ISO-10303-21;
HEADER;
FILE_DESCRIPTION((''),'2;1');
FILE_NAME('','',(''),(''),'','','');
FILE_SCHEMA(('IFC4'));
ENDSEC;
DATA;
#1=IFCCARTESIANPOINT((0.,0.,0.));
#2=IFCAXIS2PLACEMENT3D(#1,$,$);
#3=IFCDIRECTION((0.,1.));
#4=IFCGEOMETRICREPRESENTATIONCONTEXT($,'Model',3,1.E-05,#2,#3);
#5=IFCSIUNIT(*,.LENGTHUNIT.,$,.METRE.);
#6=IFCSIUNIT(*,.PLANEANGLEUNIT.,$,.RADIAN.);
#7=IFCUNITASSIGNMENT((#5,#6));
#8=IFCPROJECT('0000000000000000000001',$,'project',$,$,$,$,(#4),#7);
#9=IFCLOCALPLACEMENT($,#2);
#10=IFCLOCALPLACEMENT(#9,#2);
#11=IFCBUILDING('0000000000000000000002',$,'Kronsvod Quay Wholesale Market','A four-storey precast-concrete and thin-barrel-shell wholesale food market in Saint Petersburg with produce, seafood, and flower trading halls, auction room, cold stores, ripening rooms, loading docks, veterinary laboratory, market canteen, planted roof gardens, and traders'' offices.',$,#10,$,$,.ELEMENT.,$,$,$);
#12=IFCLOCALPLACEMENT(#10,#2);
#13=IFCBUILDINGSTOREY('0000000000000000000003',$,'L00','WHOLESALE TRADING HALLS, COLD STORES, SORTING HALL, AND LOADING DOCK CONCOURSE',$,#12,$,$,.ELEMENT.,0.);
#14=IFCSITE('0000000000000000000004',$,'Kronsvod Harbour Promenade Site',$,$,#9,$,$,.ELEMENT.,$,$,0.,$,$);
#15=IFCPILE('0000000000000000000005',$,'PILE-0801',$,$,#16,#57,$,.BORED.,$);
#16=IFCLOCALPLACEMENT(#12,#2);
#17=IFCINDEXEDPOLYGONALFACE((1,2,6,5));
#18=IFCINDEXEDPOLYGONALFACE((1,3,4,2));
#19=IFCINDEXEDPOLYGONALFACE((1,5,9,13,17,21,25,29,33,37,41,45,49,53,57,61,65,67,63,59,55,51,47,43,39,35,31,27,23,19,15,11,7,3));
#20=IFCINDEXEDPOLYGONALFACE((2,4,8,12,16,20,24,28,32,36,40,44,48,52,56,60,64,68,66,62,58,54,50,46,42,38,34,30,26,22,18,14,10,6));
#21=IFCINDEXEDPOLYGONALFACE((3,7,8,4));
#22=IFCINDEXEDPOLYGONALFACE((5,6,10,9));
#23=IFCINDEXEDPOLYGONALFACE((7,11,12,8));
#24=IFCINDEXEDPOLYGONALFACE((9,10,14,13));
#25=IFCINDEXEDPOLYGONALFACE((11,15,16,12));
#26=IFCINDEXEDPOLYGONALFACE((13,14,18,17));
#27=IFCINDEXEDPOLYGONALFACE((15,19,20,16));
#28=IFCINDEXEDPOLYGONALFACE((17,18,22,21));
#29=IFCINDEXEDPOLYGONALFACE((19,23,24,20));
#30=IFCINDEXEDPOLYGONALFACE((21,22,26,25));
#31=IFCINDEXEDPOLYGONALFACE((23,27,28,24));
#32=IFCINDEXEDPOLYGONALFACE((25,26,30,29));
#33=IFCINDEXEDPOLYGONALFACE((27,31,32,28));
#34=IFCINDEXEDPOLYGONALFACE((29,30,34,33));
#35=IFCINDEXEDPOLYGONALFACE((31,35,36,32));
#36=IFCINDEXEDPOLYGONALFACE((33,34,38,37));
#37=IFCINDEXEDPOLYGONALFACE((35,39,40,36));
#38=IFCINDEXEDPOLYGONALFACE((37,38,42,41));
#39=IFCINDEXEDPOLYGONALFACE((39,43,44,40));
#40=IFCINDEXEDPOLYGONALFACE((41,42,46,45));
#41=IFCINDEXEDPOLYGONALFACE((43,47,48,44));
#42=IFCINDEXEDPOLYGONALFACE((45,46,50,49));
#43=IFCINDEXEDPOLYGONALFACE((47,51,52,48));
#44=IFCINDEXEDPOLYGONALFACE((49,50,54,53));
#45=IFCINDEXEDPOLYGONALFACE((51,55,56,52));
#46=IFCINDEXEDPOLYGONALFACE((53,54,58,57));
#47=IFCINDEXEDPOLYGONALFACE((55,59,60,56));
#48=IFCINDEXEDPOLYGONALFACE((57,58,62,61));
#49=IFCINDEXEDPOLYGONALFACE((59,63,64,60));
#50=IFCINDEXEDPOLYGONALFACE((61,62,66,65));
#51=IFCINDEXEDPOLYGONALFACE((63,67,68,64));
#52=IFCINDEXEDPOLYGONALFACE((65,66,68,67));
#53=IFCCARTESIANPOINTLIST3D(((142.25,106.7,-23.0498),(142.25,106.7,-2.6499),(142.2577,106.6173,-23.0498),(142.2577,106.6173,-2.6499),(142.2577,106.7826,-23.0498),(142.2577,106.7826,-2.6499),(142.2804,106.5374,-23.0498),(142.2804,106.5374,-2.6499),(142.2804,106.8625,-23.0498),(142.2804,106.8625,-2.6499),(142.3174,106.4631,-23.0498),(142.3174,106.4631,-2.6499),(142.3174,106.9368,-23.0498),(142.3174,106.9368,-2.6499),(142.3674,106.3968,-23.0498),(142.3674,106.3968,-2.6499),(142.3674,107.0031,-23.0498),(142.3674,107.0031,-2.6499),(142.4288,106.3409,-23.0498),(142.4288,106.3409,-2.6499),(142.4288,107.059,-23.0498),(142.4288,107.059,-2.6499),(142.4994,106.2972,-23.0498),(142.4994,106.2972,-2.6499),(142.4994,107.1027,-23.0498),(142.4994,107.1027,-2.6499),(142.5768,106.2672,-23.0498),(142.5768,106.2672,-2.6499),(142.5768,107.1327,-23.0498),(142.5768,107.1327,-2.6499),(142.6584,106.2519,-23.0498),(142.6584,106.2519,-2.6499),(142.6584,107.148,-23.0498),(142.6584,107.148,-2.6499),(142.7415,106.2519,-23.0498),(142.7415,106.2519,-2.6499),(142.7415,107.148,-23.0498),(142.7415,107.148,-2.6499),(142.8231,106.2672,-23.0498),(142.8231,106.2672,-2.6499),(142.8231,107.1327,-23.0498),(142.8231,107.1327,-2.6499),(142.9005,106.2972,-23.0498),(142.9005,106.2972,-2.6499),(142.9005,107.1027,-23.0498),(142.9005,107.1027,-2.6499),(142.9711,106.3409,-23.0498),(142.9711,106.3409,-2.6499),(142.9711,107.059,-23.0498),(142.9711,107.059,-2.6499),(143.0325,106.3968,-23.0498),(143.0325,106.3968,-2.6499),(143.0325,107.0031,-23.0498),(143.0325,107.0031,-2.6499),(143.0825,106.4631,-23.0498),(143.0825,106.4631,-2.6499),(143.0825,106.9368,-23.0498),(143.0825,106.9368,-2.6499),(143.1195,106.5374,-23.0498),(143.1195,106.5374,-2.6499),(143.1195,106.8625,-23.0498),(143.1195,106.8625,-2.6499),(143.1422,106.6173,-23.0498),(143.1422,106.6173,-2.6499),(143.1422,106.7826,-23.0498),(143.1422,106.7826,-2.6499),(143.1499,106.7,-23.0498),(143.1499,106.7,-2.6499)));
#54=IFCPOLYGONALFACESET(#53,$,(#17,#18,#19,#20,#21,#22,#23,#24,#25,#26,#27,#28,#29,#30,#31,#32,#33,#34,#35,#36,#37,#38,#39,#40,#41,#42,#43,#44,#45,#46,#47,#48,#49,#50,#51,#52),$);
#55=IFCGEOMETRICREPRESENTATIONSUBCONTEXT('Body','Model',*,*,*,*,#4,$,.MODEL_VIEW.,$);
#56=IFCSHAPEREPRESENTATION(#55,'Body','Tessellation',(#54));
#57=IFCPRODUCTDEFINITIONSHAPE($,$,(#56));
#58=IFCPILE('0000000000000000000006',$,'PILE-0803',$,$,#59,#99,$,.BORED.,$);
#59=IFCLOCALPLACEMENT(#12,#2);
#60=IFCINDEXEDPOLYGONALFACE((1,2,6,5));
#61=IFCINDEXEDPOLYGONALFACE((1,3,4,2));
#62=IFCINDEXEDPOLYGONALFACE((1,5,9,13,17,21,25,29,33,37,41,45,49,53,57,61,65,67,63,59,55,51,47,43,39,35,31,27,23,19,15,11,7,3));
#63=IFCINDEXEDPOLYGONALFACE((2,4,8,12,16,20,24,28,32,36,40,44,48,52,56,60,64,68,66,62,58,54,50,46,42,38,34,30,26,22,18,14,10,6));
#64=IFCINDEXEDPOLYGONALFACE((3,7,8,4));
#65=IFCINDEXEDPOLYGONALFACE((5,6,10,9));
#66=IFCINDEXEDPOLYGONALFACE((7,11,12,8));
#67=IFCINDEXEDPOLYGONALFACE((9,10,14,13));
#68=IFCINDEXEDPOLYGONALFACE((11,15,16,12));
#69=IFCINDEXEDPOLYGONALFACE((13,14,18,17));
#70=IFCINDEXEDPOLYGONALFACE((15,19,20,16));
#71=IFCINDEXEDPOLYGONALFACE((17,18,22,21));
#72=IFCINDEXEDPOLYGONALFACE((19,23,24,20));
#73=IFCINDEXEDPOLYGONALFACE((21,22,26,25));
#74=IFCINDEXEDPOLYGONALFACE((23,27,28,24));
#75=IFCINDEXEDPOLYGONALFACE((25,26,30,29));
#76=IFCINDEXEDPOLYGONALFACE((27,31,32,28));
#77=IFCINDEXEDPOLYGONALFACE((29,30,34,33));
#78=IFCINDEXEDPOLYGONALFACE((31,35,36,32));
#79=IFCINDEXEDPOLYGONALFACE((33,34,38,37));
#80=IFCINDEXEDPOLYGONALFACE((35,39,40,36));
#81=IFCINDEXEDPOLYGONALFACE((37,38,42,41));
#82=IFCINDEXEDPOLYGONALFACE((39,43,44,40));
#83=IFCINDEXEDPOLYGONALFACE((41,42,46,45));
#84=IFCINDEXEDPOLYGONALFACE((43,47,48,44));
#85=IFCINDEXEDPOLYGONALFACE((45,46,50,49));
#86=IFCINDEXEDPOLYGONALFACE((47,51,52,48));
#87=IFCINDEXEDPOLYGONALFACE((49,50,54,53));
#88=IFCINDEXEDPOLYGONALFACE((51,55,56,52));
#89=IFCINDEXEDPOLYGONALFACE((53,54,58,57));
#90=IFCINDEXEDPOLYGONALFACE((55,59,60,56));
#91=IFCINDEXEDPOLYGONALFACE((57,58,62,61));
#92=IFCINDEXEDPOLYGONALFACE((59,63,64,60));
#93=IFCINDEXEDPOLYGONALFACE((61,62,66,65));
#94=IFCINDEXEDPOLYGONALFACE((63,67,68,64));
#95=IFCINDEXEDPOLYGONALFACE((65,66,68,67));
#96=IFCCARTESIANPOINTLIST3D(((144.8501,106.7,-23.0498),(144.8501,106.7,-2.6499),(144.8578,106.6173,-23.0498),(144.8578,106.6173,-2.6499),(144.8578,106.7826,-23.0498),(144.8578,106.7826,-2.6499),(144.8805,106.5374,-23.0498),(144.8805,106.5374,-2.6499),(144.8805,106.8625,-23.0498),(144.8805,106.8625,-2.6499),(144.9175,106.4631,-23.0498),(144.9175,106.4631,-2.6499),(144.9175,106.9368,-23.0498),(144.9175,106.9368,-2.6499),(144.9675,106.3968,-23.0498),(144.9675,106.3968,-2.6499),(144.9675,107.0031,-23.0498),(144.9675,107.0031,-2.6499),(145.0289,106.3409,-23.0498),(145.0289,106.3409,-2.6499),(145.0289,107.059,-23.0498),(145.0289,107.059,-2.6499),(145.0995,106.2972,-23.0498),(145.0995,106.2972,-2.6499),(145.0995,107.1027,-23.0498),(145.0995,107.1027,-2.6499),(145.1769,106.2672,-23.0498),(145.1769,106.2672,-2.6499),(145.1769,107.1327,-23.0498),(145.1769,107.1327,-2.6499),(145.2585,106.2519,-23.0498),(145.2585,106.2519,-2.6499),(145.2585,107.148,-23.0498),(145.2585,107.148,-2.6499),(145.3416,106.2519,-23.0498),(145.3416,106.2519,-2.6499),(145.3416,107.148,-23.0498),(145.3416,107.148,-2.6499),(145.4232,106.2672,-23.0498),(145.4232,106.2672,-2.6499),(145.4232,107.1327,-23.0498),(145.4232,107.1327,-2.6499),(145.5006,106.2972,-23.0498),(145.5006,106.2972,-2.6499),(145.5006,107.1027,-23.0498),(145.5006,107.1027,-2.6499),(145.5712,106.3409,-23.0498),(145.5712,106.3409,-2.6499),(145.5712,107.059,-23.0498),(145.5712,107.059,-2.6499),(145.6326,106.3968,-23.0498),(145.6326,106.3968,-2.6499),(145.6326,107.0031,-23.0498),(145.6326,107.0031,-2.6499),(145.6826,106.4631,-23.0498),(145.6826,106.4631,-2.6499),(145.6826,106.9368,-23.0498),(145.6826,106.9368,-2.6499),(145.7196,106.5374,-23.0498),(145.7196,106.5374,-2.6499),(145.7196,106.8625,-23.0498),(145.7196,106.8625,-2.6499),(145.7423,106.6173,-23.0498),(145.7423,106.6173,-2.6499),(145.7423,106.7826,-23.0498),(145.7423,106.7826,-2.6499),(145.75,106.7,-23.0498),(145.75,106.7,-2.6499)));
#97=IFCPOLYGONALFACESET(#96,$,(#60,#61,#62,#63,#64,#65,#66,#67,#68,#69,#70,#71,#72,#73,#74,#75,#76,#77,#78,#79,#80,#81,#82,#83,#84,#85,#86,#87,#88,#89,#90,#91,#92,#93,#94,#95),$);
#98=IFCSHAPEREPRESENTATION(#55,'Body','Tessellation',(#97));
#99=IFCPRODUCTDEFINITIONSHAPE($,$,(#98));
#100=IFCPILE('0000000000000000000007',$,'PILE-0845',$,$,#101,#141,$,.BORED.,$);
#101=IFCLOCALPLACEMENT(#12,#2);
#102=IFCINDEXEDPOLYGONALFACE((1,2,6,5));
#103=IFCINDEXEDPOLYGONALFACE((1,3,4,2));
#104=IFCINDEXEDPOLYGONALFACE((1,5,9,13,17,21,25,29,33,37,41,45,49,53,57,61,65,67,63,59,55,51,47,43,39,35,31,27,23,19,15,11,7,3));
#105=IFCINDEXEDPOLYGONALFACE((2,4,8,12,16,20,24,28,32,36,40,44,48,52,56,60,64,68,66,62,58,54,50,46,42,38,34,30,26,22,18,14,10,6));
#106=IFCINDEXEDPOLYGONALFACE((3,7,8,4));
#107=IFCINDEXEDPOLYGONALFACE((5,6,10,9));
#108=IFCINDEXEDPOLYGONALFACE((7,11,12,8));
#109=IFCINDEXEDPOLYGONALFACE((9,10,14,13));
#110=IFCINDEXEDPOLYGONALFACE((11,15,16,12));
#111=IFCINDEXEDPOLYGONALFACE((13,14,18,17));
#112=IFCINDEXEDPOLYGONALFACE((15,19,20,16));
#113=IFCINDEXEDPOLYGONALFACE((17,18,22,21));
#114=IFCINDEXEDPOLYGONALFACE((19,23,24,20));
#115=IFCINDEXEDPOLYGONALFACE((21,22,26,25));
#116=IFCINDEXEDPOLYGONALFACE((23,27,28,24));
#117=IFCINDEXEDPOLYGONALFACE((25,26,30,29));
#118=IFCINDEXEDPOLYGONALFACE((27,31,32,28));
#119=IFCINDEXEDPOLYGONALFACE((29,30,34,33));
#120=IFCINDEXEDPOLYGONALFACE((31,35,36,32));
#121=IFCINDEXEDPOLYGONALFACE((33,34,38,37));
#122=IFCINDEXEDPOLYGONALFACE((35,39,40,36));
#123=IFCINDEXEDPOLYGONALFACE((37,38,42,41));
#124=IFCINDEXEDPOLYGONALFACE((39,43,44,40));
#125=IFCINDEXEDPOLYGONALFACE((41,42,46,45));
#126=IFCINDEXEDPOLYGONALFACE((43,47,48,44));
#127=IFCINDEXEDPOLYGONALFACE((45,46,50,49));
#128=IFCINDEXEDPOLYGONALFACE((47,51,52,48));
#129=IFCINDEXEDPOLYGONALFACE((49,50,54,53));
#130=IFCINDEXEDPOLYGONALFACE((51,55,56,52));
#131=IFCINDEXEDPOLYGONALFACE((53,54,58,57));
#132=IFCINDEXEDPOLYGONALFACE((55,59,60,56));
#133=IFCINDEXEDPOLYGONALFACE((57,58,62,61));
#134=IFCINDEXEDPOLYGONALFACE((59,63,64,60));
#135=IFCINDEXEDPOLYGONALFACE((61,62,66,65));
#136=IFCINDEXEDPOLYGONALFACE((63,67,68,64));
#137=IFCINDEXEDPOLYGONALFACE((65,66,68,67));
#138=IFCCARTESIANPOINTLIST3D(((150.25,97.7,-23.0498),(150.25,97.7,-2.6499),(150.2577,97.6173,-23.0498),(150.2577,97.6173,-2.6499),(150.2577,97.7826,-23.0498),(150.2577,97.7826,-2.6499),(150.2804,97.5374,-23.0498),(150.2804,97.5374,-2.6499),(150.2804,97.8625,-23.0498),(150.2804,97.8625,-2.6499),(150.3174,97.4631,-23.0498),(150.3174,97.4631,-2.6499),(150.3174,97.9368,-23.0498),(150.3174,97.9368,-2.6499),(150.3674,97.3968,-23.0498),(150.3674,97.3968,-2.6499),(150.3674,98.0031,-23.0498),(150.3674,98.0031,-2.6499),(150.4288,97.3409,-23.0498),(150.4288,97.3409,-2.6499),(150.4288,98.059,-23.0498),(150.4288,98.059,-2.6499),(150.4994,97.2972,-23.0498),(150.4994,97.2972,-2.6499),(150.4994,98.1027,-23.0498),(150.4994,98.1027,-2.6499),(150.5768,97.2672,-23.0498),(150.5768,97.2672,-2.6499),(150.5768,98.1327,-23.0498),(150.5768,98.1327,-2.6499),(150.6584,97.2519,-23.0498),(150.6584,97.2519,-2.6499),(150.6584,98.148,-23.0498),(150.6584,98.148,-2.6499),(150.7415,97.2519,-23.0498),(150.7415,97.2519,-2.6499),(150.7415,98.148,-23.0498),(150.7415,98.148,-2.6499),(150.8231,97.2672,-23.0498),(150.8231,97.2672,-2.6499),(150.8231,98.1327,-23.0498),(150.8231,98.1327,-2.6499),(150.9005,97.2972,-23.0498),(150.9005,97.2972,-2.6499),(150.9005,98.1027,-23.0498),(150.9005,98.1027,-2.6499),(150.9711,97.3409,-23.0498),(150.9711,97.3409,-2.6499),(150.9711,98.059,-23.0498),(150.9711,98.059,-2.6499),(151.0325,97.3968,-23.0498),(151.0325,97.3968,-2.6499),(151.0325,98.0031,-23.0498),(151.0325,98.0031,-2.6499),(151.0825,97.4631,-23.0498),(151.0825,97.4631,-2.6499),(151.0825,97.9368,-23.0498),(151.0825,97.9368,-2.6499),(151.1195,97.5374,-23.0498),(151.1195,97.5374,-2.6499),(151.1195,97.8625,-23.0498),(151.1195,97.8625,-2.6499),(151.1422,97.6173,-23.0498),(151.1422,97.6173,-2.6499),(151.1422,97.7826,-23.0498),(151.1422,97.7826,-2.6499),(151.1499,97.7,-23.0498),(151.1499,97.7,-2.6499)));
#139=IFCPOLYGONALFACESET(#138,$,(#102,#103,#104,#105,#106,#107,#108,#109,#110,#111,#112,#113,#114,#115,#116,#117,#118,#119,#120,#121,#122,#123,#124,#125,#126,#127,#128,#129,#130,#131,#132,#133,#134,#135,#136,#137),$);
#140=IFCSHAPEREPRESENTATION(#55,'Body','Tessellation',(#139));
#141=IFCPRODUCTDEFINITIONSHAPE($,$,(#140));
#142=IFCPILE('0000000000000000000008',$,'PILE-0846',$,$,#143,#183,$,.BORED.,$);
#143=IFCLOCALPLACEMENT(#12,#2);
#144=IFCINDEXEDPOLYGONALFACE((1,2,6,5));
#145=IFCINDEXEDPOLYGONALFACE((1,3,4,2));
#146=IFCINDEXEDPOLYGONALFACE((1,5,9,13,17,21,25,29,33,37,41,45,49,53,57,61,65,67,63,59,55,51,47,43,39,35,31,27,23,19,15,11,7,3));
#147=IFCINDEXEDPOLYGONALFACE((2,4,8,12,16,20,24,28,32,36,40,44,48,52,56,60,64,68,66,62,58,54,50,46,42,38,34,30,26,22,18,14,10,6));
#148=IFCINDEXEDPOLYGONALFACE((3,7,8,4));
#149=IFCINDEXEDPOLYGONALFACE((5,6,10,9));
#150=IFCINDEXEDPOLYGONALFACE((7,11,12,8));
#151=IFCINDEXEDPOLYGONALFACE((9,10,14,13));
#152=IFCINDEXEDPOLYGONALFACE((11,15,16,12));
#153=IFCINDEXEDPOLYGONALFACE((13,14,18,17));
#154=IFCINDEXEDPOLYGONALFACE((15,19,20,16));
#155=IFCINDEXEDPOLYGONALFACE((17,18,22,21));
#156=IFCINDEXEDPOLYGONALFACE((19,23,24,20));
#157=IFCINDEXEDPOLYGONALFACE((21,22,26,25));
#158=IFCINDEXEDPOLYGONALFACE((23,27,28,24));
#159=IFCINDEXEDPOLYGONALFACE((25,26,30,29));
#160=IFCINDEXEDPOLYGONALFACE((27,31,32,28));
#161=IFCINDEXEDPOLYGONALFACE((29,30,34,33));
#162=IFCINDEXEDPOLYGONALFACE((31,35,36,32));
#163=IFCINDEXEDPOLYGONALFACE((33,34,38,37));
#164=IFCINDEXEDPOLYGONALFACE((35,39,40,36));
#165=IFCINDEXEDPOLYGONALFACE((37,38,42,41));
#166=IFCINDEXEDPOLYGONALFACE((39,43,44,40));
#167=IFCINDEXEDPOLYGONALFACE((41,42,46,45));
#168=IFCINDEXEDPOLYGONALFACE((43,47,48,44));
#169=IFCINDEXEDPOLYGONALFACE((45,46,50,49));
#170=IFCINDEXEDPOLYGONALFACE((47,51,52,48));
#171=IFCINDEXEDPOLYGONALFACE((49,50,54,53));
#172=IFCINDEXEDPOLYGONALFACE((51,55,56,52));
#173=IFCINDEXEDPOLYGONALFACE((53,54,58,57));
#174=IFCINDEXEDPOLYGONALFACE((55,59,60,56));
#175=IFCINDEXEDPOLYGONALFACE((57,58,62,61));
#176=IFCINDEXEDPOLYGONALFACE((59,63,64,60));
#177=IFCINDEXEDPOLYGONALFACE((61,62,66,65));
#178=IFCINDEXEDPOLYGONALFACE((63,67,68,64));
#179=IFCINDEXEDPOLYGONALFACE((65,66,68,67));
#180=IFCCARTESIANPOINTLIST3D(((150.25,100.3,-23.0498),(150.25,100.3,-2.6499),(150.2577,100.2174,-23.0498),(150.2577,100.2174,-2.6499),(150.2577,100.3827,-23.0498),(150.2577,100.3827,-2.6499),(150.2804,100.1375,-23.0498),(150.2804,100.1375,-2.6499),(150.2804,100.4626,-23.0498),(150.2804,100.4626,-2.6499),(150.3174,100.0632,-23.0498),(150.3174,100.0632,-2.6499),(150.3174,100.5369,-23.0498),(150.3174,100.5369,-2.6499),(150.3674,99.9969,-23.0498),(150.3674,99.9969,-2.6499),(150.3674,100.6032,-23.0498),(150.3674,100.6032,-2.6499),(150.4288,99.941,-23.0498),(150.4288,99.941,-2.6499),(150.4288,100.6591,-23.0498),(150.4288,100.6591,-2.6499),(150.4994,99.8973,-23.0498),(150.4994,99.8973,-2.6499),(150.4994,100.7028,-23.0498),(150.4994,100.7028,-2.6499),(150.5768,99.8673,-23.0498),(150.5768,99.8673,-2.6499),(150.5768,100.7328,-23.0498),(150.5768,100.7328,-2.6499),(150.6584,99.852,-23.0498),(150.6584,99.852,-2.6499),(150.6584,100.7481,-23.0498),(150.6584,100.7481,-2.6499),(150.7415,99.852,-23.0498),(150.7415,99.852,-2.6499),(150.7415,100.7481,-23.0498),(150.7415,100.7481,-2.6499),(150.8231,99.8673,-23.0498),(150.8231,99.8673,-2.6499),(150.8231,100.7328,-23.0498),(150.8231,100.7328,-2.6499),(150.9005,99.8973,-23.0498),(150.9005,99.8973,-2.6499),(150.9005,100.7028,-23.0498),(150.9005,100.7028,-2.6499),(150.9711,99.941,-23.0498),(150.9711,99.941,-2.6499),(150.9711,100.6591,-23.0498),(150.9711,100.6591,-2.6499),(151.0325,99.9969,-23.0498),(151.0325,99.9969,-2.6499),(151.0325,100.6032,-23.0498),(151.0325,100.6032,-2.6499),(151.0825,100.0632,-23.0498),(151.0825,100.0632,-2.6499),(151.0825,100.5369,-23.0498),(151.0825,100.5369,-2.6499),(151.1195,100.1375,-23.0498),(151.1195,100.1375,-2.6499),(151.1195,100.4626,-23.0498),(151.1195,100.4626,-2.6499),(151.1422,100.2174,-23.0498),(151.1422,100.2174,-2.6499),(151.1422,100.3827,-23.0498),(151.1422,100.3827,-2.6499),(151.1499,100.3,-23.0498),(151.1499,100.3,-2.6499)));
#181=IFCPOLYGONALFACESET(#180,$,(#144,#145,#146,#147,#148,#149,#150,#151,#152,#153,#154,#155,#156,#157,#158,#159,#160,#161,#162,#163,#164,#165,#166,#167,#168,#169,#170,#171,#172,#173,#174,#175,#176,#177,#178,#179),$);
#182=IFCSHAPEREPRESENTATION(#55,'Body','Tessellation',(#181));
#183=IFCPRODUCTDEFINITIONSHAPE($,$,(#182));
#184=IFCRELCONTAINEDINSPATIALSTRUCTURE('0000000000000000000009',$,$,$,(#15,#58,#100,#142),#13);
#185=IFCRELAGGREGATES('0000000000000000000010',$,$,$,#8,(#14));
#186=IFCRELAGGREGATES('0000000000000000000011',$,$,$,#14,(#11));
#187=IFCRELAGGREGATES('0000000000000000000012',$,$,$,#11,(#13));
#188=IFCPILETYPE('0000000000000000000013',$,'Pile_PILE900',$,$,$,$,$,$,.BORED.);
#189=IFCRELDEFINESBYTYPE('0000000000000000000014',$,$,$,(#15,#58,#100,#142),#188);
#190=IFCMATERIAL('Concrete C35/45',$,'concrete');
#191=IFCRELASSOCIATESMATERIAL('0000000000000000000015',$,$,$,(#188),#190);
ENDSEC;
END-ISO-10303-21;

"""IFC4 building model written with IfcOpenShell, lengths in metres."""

from ifc_helpers import new_model, si_unit, direction, frame, origin, origin_2d, place, context, subcontext, project, spatial, circle, extrude, material, material_profile, profile_set, type_object, element, save


model = new_model("IFC4")

# Units and contexts
model_context = context("Model", 3, precision=1e-05, world=origin(), true_north=direction((0.0, 1.0)))
body_context = subcontext(model_context, "Body", "Model", "MODEL_VIEW")
ifc_project = project(units=[si_unit("LENGTHUNIT", "METRE"), si_unit("PLANEANGLEUNIT", "RADIAN")], contexts=[model_context])

# Site, building, storey
site_placement = place(None, origin())
site = spatial("IfcSite", under=ifc_project, at=site_placement, Name="Kronsvod Harbour Promenade Site", CompositionType="ELEMENT", RefElevation=0.0)
building_placement = place(site_placement, origin())
building = spatial("IfcBuilding", under=site, at=building_placement, Name="Kronsvod Quay Wholesale Market", Description="A four-storey precast-concrete and thin-barrel-shell wholesale food market in Saint Petersburg with produce, seafood, and flower trading halls, auction room, cold stores, ripening rooms, loading docks, veterinary laboratory, market canteen, planted roof gardens, and traders' offices.", CompositionType="ELEMENT")
storey_placement = place(building_placement, origin())
storey = spatial("IfcBuildingStorey", under=building, at=storey_placement, Name="L00", Description="WHOLESALE TRADING HALLS, COLD STORES, SORTING HALL, AND LOADING DOCK CONCOURSE", CompositionType="ELEMENT", Elevation=0.0)

# Piles
ifc_material_1 = material(Name="Concrete C35/45", Category="concrete")
ifc_material_profile_1 = material_profile(ifc_material_1, circle(Radius=0.45, at=origin_2d()), Name="PILE900")
ifc_profile_set_1 = profile_set([ifc_material_profile_1], Name="Concrete C35/45")
pile_type = type_object("IfcPileType", Name="Pile_PILE900", PredefinedType="BORED", material=ifc_profile_set_1)
for number, where, z_axis, x_axis, name in (
    (1, (142.7, 106.7, -2.6499), (0.0, 0.0, -1.0), (1.0, 0.0, 0.0), "PILE-0801"),
    (2, (145.3, 106.7, -2.6499), (0.0, 0.0, -1.0), (1.0, 0.0, 0.0), "PILE-0803"),
    (3, (150.7, 97.7, -2.6499), (0.0, 0.0, -1.0), (1.0, 0.0, 0.0), "PILE-0845"),
    (4, (150.7, 100.3, -2.6499), (0.0, 0.0, -1.0), (1.0, 0.0, 0.0), "PILE-0846"),
):
    element("IfcPile", number, at=place(storey_placement, frame(where, z_axis=z_axis, x_axis=x_axis)), inside=storey, type_object=pile_type, Name=name, PredefinedType="BORED", context=body_context, shape_type="SweptSolid", body=[
        extrude(circle(Radius=0.45, at=origin_2d()), origin(), (0.0, 0.0, 1.0), 20.3999),
    ])

save(model, "model.ifc")
